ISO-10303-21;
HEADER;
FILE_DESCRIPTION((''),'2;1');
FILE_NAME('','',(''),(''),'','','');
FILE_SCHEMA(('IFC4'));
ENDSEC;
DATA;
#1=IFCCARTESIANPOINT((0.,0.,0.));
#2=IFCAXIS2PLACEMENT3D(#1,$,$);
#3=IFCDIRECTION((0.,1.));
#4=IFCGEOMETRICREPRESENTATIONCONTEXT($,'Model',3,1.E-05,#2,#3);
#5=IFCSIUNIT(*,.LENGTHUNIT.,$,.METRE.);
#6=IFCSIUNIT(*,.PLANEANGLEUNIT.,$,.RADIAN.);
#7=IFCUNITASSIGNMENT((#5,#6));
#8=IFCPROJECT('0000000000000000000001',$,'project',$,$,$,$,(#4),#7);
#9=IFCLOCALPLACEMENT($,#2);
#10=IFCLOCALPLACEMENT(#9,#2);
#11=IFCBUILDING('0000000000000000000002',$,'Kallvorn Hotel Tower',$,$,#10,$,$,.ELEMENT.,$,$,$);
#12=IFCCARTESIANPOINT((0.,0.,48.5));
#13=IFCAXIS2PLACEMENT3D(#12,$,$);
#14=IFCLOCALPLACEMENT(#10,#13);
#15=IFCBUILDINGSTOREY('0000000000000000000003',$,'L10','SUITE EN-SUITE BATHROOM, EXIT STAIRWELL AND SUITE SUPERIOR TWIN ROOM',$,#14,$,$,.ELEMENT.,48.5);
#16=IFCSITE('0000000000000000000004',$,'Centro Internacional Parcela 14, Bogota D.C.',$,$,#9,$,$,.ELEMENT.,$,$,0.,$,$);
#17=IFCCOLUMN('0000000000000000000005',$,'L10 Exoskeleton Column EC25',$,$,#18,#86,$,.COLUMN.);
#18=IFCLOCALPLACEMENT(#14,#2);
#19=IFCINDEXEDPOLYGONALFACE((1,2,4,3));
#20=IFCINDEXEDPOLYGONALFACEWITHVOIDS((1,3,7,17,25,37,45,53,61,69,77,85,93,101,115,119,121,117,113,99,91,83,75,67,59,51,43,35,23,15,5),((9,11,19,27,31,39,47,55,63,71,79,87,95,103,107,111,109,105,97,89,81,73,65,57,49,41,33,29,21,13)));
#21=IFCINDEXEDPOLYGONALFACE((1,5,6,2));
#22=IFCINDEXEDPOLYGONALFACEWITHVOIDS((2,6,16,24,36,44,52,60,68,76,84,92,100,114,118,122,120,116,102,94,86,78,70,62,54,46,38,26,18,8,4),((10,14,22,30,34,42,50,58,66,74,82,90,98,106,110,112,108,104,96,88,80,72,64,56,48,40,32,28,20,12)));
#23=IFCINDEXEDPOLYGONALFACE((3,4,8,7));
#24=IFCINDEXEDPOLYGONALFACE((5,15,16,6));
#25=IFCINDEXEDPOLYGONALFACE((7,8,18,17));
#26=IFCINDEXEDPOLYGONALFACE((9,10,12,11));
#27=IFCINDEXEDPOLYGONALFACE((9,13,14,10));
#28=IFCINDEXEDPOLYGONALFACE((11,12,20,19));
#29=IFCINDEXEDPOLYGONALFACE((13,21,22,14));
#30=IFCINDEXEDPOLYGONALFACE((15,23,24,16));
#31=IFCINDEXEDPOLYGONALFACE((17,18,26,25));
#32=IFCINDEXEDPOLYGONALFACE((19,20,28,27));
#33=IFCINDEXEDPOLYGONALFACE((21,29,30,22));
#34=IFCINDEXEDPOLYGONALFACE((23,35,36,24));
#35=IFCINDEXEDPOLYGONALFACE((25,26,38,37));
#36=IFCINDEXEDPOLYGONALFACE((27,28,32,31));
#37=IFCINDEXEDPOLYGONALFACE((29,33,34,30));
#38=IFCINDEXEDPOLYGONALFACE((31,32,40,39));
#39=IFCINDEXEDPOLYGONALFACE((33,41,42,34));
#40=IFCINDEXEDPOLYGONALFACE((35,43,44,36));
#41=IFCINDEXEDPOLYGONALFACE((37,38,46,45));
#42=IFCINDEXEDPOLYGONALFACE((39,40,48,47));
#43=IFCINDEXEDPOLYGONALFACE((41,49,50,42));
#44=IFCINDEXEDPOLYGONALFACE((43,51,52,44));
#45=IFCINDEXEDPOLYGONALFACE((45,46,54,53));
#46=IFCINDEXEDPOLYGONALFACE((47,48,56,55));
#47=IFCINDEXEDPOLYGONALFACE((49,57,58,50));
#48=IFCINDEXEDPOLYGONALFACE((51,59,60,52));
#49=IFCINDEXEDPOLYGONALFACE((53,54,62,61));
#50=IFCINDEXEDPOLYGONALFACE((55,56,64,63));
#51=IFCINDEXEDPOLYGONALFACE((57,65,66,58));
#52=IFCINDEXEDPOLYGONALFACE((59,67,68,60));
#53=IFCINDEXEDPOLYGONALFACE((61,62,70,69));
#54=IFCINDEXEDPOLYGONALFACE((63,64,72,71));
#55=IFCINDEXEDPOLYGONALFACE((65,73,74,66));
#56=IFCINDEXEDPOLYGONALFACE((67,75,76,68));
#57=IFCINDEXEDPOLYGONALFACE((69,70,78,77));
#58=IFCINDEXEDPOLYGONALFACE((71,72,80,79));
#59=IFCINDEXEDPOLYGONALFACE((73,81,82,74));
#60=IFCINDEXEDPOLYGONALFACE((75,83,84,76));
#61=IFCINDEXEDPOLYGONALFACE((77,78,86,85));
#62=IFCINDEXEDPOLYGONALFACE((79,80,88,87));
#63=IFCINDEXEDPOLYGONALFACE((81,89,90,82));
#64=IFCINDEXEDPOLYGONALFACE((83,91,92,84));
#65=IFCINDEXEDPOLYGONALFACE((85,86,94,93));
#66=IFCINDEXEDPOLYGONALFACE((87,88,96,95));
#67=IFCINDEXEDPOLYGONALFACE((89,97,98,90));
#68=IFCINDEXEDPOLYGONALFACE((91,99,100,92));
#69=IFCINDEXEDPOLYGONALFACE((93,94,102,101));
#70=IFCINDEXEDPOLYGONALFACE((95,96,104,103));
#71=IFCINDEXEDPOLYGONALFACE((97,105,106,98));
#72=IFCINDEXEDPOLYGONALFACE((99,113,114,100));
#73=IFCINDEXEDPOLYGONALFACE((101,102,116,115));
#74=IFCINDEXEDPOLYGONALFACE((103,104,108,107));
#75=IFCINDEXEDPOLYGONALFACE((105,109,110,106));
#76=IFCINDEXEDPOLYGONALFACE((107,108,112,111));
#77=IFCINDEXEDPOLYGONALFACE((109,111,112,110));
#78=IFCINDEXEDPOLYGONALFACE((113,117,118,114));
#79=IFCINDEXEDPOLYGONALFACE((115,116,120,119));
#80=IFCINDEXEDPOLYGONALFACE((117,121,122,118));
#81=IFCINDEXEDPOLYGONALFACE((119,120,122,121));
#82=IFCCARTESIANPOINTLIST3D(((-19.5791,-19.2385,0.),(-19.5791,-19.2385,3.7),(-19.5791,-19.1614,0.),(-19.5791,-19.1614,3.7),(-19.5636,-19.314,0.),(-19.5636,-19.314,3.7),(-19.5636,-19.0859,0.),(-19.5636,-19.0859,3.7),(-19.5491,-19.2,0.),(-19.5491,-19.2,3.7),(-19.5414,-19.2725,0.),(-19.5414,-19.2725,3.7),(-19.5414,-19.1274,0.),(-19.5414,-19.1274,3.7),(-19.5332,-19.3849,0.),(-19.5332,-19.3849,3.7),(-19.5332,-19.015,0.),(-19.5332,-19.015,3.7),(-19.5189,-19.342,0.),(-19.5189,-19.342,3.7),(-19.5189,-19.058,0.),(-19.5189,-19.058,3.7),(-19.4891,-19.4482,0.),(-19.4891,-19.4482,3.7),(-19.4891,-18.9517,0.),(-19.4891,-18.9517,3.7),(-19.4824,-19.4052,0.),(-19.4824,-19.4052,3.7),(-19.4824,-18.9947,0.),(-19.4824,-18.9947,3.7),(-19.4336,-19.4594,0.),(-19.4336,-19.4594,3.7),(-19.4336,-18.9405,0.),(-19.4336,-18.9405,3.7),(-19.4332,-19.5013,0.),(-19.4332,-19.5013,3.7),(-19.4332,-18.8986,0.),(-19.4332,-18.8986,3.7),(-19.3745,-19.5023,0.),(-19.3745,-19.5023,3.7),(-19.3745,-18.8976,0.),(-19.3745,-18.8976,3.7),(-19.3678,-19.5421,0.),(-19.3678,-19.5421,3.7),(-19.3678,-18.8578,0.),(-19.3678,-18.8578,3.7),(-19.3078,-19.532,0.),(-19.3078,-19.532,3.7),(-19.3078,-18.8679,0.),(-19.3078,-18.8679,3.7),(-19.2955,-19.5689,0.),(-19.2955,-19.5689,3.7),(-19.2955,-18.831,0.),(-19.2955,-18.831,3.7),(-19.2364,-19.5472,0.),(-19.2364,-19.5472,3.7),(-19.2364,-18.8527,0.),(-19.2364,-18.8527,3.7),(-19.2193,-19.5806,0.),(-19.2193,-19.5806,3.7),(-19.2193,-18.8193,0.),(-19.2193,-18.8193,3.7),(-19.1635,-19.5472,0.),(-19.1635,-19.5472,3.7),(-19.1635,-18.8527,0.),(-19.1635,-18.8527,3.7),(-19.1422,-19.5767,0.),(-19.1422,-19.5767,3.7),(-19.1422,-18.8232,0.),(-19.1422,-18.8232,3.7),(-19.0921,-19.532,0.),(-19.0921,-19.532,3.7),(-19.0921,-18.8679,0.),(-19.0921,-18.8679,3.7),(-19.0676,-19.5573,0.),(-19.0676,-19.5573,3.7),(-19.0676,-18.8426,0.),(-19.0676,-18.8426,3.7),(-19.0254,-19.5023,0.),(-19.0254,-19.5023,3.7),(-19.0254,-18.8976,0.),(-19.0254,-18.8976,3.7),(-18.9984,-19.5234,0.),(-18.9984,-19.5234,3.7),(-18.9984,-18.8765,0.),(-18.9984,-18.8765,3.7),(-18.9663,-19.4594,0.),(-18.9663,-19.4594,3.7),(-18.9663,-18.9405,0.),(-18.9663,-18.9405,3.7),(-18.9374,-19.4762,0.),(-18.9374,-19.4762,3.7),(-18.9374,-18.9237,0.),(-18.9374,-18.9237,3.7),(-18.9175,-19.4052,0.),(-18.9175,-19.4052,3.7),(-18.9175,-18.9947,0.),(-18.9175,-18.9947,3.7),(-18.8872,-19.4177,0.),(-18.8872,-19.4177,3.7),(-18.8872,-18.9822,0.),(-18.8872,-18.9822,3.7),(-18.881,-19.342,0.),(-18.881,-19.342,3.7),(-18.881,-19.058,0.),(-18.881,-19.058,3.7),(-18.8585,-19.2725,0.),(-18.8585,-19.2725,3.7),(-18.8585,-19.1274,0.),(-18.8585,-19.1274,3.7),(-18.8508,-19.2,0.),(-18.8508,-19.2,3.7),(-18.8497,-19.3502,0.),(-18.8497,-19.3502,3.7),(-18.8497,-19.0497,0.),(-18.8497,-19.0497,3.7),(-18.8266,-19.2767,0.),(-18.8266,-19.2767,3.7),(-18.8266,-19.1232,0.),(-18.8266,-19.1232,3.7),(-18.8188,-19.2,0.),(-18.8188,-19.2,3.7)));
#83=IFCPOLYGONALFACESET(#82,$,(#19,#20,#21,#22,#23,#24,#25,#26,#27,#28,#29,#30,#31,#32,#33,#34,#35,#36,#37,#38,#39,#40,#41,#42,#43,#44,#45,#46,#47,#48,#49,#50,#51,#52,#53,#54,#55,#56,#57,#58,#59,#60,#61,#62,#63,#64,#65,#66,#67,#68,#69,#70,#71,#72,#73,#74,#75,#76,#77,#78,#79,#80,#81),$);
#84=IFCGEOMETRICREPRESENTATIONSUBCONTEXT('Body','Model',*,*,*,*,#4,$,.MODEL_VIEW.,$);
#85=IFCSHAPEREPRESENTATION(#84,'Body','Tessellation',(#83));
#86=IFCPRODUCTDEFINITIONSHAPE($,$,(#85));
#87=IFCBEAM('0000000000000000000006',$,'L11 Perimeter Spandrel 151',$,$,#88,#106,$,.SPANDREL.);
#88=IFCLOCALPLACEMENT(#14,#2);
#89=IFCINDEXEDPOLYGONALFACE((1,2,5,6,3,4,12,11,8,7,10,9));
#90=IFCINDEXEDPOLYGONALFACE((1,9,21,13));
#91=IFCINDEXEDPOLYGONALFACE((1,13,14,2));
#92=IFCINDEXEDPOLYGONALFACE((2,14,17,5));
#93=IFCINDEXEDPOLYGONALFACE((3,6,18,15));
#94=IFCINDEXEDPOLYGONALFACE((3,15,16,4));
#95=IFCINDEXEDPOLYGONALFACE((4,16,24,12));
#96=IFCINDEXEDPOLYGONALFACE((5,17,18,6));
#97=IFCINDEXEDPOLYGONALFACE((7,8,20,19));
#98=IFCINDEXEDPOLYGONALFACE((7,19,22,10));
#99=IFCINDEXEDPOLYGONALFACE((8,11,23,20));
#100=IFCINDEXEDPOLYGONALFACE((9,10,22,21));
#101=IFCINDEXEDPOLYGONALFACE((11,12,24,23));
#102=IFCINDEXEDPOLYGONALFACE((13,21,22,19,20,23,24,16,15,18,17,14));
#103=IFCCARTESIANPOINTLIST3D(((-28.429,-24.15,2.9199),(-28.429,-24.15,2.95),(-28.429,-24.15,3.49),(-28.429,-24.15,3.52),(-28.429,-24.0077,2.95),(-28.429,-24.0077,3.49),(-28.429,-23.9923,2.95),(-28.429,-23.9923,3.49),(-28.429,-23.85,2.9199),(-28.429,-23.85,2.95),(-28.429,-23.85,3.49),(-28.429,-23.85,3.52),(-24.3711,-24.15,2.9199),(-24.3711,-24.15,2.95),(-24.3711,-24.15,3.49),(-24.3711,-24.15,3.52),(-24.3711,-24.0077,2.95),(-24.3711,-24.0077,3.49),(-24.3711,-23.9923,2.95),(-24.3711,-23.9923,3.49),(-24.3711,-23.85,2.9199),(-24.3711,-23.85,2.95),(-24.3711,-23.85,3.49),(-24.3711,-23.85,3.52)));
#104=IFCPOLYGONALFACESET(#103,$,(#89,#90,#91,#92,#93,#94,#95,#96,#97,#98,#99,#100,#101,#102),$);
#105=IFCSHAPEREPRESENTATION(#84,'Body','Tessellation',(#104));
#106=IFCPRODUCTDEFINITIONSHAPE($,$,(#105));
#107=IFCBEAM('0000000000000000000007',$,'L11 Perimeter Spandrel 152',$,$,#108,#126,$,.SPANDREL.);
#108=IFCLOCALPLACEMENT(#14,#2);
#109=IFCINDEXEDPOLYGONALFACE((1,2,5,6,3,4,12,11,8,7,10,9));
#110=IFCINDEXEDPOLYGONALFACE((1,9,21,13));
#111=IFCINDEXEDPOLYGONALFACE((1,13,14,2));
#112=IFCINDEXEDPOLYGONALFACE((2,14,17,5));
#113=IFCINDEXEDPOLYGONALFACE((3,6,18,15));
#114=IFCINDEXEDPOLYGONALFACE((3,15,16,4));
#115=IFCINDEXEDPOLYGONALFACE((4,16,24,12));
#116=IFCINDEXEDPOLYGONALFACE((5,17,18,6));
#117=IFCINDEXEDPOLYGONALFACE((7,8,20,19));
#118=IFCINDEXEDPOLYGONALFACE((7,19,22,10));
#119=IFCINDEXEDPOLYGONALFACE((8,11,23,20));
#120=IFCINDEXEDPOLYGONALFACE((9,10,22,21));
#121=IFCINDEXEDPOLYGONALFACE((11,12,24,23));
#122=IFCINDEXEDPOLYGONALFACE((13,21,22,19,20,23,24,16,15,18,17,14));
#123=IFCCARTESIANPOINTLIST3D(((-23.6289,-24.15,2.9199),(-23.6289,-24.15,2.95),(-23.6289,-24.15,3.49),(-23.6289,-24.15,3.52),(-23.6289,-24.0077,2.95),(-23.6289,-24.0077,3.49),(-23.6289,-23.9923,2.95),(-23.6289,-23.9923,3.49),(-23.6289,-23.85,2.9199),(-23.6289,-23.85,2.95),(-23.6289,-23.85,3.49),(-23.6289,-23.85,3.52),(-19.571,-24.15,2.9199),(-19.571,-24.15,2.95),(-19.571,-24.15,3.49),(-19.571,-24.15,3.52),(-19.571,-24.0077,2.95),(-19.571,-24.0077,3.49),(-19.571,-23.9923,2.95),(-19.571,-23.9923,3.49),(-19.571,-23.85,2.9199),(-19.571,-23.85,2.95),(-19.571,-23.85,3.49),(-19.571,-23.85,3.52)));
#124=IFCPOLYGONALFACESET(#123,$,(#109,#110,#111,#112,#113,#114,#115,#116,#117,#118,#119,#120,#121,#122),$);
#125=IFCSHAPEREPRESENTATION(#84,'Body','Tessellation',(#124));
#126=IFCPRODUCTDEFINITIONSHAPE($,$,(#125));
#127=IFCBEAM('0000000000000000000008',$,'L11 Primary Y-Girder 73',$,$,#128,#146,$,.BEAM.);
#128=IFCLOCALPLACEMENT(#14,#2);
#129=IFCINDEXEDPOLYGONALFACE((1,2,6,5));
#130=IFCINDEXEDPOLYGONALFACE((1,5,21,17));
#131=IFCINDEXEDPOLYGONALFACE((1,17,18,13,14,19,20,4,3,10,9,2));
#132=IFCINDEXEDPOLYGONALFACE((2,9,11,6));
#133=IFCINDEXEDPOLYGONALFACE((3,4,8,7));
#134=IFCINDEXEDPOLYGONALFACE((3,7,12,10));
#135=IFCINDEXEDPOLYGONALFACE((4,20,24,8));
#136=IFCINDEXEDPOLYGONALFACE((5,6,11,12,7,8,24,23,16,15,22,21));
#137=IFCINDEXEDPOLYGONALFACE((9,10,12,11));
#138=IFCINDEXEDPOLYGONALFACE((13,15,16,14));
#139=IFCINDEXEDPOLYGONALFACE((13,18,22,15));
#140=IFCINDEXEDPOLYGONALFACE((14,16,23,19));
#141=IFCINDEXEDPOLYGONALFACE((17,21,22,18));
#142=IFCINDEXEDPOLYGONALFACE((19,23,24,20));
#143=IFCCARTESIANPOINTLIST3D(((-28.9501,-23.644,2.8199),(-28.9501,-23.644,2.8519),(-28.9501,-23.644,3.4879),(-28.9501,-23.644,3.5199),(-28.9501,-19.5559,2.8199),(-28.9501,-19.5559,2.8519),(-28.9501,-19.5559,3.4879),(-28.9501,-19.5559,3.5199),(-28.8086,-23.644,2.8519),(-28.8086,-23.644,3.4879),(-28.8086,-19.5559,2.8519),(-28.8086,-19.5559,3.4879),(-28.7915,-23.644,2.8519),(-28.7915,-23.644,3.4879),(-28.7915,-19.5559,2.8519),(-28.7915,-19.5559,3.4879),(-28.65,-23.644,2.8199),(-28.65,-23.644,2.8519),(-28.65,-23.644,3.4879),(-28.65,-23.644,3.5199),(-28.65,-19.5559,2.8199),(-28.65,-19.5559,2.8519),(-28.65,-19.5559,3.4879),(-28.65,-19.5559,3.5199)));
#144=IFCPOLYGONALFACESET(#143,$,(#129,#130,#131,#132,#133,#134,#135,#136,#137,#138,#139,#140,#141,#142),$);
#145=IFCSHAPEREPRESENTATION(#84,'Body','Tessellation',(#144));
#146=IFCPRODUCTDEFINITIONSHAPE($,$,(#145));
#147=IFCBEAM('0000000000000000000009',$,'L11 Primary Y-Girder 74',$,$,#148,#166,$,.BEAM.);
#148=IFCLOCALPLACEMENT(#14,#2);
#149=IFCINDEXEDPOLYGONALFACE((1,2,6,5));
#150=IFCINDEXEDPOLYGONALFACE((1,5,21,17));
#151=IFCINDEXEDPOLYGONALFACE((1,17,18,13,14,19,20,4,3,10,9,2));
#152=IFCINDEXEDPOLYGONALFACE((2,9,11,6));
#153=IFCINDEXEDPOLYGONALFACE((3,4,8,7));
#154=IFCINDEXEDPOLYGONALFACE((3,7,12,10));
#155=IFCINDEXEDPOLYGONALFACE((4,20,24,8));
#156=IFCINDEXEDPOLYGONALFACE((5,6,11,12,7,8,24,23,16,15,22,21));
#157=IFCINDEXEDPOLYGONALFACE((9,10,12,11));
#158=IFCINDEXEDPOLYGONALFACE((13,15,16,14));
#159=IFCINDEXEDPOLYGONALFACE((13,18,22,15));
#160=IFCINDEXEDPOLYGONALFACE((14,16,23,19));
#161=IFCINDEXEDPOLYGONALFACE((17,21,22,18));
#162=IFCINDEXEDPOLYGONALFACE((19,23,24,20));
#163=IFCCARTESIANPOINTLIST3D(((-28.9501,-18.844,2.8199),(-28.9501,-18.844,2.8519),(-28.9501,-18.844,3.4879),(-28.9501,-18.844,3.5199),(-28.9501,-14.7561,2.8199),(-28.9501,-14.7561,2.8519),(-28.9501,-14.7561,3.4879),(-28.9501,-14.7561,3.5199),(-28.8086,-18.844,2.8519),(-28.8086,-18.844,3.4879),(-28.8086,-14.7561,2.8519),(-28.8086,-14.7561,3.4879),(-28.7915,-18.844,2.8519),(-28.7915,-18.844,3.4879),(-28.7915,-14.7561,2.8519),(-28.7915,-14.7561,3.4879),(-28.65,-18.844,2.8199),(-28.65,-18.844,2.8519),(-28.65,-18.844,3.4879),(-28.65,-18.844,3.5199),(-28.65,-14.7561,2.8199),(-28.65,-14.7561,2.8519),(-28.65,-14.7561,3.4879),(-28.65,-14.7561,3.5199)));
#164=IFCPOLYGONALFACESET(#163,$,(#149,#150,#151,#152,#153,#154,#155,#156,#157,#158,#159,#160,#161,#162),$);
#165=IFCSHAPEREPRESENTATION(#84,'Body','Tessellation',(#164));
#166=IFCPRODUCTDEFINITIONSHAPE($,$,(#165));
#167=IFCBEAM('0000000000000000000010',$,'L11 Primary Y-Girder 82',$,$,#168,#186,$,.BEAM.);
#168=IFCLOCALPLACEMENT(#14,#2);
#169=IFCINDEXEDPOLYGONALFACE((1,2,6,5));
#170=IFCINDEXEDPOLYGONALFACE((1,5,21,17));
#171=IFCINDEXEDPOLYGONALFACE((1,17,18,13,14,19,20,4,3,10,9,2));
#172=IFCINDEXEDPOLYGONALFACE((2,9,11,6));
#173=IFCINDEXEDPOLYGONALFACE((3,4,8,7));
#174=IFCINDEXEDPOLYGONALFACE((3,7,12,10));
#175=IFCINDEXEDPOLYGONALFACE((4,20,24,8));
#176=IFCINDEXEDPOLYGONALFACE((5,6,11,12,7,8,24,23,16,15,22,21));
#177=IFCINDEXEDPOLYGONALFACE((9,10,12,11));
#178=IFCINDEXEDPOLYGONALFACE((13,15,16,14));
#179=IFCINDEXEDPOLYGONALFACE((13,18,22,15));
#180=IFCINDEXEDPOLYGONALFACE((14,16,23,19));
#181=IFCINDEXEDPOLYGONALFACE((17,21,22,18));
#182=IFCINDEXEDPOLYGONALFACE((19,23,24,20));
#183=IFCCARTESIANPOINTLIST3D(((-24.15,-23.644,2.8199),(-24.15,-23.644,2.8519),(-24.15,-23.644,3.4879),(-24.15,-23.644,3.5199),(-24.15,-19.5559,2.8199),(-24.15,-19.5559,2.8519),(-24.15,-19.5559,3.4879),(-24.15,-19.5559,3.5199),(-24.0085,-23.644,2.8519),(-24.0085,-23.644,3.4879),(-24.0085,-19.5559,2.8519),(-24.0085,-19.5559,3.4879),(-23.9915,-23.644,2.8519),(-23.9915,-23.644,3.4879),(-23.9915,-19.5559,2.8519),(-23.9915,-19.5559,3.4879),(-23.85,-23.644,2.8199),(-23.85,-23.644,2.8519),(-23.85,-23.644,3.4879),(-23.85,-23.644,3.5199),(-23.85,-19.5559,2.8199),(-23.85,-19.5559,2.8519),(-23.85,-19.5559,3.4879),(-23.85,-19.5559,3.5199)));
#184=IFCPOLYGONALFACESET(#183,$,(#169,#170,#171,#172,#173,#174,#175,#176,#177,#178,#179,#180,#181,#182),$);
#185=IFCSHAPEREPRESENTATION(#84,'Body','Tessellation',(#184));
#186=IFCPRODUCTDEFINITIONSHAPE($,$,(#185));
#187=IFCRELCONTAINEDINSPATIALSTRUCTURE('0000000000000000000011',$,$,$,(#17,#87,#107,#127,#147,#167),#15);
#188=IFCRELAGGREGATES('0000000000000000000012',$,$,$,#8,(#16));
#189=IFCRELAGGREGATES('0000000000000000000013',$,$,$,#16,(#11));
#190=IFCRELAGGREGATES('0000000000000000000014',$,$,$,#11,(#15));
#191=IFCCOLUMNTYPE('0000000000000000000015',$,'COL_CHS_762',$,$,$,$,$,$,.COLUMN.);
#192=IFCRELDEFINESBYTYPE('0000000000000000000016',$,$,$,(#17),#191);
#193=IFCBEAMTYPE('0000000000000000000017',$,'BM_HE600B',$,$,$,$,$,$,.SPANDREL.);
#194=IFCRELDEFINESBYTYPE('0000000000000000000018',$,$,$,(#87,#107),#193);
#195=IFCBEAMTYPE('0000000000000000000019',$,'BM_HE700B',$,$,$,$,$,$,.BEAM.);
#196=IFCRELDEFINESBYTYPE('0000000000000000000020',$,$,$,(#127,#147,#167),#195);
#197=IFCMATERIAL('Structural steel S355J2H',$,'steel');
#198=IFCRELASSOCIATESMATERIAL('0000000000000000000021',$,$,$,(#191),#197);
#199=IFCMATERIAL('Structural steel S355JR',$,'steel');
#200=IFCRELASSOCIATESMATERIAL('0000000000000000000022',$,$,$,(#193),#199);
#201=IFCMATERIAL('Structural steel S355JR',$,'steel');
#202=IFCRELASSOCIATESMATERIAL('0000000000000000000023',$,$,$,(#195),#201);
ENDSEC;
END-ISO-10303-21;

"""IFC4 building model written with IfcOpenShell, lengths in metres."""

from ifc_helpers import new_model, si_unit, direction, frame, origin, origin_2d, place, context, subcontext, project, spatial, hollow_circle, i_section, extrude, material, material_profile, profile_set, type_object, element, save


model = new_model("IFC4")

# Units and contexts
model_context = context("Model", 3, precision=1e-05, world=origin(), true_north=direction((0.0, 1.0)))
body_context = subcontext(model_context, "Body", "Model", "MODEL_VIEW")
ifc_project = project(units=[si_unit("LENGTHUNIT", "METRE"), si_unit("PLANEANGLEUNIT", "RADIAN")], contexts=[model_context])

# Site, building, storey
site_placement = place(None, origin())
site = spatial("IfcSite", under=ifc_project, at=site_placement, Name="Centro Internacional Parcela 14, Bogota D.C.", CompositionType="ELEMENT", RefElevation=0.0)
building_placement = place(site_placement, origin())
building = spatial("IfcBuilding", under=site, at=building_placement, Name="Kallvorn Hotel Tower", CompositionType="ELEMENT")
storey_placement = place(building_placement, frame((0.0, 0.0, 48.5)))
storey = spatial("IfcBuildingStorey", under=building, at=storey_placement, Name="L10", Description="SUITE EN-SUITE BATHROOM, EXIT STAIRWELL AND SUITE SUPERIOR TWIN ROOM", CompositionType="ELEMENT", Elevation=48.5)

# Column
ifc_material_1 = material(Name="Structural steel S355J2H", Category="steel")
ifc_material_profile_1 = material_profile(ifc_material_1, hollow_circle(Radius=0.3811, WallThickness=0.032, at=origin_2d()), Name="CHS 762x32")
ifc_profile_set_1 = profile_set([ifc_material_profile_1], Name="Structural steel S355J2H")
column_type = type_object("IfcColumnType", Name="COL_CHS_762", PredefinedType="COLUMN", material=ifc_profile_set_1)
for number, where, z_axis, x_axis, name in (
    (1, (-19.2, -19.2, 0.0), (0.0, 0.0, 1.0), (1.0, 0.0, 0.0), "L10 Exoskeleton Column EC25"),
):
    element("IfcColumn", number, at=place(storey_placement, frame(where, z_axis=z_axis, x_axis=x_axis)), inside=storey, type_object=column_type, Name=name, PredefinedType="COLUMN", context=body_context, shape_type="SweptSolid", body=[
        extrude(hollow_circle(Radius=0.3811, WallThickness=0.032, at=origin_2d()), origin(), (0.0, 0.0, 1.0), 3.7),
    ])

# Beams
ifc_material_2 = material(Name="Structural steel S355JR", Category="steel")
ifc_material_profile_2 = material_profile(ifc_material_2, i_section(OverallWidth=0.3, OverallDepth=0.6001, WebThickness=0.0154, FlangeThickness=0.03, at=origin_2d()), Name="HE 600 B")
ifc_profile_set_2 = profile_set([ifc_material_profile_2], Name="Structural steel S355JR")
beam_type_1 = type_object("IfcBeamType", Name="BM_HE600B", PredefinedType="SPANDREL", material=ifc_profile_set_2)
for number, where, z_axis, x_axis, name in (
    (2, (-28.429, -24.0, 3.22), (1.0, 0.0, 0.0), (0.0, 1.0, 0.0), "L11 Perimeter Spandrel 151"),
    (3, (-23.6289, -24.0, 3.22), (1.0, 0.0, 0.0), (0.0, 1.0, 0.0), "L11 Perimeter Spandrel 152"),
):
    element("IfcBeam", number, at=place(storey_placement, frame(where, z_axis=z_axis, x_axis=x_axis)), inside=storey, type_object=beam_type_1, Name=name, PredefinedType="SPANDREL", context=body_context, shape_type="SweptSolid", body=[
        extrude(i_section(OverallWidth=0.3, OverallDepth=0.6001, WebThickness=0.0154, FlangeThickness=0.03, at=origin_2d()), origin(), (0.0, 0.0, 1.0), 4.0579),
    ])
ifc_material_3 = material(Name="Structural steel S355JR", Category="steel")
ifc_material_profile_3 = material_profile(ifc_material_3, i_section(OverallWidth=0.3, OverallDepth=0.7, WebThickness=0.0171, FlangeThickness=0.032, at=origin_2d()), Name="HE 700 B")
ifc_profile_set_3 = profile_set([ifc_material_profile_3], Name="Structural steel S355JR")
beam_type_2 = type_object("IfcBeamType", Name="BM_HE700B", PredefinedType="BEAM", material=ifc_profile_set_3)
beam_1_placement = place(storey_placement, frame((-28.8, -23.644, 3.1699), z_axis=(0.0, 1.0, 0.0), x_axis=(-1.0, 0.0, 0.0)))
element("IfcBeam", 4, at=beam_1_placement, inside=storey, type_object=beam_type_2, Name="L11 Primary Y-Girder 73", PredefinedType="BEAM", context=body_context, shape_type="SweptSolid", body=[
    extrude(i_section(OverallWidth=0.3, OverallDepth=0.7, WebThickness=0.0171, FlangeThickness=0.032, at=origin_2d()), origin(), (0.0, 0.0, 1.0), 4.0881),
])
beam_2_placement = place(storey_placement, frame((-28.8, -18.844, 3.1699), z_axis=(0.0, 1.0, 0.0), x_axis=(-1.0, 0.0, 0.0)))
element("IfcBeam", 5, at=beam_2_placement, inside=storey, type_object=beam_type_2, Name="L11 Primary Y-Girder 74", PredefinedType="BEAM", context=body_context, shape_type="SweptSolid", body=[
    extrude(i_section(OverallWidth=0.3, OverallDepth=0.7, WebThickness=0.0171, FlangeThickness=0.032, at=origin_2d()), origin(), (0.0, 0.0, 1.0), 4.0879),
])
beam_3_placement = place(storey_placement, frame((-24.0, -23.644, 3.1699), z_axis=(0.0, 1.0, 0.0), x_axis=(-1.0, 0.0, 0.0)))
element("IfcBeam", 6, at=beam_3_placement, inside=storey, type_object=beam_type_2, Name="L11 Primary Y-Girder 82", PredefinedType="BEAM", context=body_context, shape_type="SweptSolid", body=[
    extrude(i_section(OverallWidth=0.3, OverallDepth=0.7, WebThickness=0.0171, FlangeThickness=0.032, at=origin_2d()), origin(), (0.0, 0.0, 1.0), 4.0881),
])

save(model, "model.ifc")
